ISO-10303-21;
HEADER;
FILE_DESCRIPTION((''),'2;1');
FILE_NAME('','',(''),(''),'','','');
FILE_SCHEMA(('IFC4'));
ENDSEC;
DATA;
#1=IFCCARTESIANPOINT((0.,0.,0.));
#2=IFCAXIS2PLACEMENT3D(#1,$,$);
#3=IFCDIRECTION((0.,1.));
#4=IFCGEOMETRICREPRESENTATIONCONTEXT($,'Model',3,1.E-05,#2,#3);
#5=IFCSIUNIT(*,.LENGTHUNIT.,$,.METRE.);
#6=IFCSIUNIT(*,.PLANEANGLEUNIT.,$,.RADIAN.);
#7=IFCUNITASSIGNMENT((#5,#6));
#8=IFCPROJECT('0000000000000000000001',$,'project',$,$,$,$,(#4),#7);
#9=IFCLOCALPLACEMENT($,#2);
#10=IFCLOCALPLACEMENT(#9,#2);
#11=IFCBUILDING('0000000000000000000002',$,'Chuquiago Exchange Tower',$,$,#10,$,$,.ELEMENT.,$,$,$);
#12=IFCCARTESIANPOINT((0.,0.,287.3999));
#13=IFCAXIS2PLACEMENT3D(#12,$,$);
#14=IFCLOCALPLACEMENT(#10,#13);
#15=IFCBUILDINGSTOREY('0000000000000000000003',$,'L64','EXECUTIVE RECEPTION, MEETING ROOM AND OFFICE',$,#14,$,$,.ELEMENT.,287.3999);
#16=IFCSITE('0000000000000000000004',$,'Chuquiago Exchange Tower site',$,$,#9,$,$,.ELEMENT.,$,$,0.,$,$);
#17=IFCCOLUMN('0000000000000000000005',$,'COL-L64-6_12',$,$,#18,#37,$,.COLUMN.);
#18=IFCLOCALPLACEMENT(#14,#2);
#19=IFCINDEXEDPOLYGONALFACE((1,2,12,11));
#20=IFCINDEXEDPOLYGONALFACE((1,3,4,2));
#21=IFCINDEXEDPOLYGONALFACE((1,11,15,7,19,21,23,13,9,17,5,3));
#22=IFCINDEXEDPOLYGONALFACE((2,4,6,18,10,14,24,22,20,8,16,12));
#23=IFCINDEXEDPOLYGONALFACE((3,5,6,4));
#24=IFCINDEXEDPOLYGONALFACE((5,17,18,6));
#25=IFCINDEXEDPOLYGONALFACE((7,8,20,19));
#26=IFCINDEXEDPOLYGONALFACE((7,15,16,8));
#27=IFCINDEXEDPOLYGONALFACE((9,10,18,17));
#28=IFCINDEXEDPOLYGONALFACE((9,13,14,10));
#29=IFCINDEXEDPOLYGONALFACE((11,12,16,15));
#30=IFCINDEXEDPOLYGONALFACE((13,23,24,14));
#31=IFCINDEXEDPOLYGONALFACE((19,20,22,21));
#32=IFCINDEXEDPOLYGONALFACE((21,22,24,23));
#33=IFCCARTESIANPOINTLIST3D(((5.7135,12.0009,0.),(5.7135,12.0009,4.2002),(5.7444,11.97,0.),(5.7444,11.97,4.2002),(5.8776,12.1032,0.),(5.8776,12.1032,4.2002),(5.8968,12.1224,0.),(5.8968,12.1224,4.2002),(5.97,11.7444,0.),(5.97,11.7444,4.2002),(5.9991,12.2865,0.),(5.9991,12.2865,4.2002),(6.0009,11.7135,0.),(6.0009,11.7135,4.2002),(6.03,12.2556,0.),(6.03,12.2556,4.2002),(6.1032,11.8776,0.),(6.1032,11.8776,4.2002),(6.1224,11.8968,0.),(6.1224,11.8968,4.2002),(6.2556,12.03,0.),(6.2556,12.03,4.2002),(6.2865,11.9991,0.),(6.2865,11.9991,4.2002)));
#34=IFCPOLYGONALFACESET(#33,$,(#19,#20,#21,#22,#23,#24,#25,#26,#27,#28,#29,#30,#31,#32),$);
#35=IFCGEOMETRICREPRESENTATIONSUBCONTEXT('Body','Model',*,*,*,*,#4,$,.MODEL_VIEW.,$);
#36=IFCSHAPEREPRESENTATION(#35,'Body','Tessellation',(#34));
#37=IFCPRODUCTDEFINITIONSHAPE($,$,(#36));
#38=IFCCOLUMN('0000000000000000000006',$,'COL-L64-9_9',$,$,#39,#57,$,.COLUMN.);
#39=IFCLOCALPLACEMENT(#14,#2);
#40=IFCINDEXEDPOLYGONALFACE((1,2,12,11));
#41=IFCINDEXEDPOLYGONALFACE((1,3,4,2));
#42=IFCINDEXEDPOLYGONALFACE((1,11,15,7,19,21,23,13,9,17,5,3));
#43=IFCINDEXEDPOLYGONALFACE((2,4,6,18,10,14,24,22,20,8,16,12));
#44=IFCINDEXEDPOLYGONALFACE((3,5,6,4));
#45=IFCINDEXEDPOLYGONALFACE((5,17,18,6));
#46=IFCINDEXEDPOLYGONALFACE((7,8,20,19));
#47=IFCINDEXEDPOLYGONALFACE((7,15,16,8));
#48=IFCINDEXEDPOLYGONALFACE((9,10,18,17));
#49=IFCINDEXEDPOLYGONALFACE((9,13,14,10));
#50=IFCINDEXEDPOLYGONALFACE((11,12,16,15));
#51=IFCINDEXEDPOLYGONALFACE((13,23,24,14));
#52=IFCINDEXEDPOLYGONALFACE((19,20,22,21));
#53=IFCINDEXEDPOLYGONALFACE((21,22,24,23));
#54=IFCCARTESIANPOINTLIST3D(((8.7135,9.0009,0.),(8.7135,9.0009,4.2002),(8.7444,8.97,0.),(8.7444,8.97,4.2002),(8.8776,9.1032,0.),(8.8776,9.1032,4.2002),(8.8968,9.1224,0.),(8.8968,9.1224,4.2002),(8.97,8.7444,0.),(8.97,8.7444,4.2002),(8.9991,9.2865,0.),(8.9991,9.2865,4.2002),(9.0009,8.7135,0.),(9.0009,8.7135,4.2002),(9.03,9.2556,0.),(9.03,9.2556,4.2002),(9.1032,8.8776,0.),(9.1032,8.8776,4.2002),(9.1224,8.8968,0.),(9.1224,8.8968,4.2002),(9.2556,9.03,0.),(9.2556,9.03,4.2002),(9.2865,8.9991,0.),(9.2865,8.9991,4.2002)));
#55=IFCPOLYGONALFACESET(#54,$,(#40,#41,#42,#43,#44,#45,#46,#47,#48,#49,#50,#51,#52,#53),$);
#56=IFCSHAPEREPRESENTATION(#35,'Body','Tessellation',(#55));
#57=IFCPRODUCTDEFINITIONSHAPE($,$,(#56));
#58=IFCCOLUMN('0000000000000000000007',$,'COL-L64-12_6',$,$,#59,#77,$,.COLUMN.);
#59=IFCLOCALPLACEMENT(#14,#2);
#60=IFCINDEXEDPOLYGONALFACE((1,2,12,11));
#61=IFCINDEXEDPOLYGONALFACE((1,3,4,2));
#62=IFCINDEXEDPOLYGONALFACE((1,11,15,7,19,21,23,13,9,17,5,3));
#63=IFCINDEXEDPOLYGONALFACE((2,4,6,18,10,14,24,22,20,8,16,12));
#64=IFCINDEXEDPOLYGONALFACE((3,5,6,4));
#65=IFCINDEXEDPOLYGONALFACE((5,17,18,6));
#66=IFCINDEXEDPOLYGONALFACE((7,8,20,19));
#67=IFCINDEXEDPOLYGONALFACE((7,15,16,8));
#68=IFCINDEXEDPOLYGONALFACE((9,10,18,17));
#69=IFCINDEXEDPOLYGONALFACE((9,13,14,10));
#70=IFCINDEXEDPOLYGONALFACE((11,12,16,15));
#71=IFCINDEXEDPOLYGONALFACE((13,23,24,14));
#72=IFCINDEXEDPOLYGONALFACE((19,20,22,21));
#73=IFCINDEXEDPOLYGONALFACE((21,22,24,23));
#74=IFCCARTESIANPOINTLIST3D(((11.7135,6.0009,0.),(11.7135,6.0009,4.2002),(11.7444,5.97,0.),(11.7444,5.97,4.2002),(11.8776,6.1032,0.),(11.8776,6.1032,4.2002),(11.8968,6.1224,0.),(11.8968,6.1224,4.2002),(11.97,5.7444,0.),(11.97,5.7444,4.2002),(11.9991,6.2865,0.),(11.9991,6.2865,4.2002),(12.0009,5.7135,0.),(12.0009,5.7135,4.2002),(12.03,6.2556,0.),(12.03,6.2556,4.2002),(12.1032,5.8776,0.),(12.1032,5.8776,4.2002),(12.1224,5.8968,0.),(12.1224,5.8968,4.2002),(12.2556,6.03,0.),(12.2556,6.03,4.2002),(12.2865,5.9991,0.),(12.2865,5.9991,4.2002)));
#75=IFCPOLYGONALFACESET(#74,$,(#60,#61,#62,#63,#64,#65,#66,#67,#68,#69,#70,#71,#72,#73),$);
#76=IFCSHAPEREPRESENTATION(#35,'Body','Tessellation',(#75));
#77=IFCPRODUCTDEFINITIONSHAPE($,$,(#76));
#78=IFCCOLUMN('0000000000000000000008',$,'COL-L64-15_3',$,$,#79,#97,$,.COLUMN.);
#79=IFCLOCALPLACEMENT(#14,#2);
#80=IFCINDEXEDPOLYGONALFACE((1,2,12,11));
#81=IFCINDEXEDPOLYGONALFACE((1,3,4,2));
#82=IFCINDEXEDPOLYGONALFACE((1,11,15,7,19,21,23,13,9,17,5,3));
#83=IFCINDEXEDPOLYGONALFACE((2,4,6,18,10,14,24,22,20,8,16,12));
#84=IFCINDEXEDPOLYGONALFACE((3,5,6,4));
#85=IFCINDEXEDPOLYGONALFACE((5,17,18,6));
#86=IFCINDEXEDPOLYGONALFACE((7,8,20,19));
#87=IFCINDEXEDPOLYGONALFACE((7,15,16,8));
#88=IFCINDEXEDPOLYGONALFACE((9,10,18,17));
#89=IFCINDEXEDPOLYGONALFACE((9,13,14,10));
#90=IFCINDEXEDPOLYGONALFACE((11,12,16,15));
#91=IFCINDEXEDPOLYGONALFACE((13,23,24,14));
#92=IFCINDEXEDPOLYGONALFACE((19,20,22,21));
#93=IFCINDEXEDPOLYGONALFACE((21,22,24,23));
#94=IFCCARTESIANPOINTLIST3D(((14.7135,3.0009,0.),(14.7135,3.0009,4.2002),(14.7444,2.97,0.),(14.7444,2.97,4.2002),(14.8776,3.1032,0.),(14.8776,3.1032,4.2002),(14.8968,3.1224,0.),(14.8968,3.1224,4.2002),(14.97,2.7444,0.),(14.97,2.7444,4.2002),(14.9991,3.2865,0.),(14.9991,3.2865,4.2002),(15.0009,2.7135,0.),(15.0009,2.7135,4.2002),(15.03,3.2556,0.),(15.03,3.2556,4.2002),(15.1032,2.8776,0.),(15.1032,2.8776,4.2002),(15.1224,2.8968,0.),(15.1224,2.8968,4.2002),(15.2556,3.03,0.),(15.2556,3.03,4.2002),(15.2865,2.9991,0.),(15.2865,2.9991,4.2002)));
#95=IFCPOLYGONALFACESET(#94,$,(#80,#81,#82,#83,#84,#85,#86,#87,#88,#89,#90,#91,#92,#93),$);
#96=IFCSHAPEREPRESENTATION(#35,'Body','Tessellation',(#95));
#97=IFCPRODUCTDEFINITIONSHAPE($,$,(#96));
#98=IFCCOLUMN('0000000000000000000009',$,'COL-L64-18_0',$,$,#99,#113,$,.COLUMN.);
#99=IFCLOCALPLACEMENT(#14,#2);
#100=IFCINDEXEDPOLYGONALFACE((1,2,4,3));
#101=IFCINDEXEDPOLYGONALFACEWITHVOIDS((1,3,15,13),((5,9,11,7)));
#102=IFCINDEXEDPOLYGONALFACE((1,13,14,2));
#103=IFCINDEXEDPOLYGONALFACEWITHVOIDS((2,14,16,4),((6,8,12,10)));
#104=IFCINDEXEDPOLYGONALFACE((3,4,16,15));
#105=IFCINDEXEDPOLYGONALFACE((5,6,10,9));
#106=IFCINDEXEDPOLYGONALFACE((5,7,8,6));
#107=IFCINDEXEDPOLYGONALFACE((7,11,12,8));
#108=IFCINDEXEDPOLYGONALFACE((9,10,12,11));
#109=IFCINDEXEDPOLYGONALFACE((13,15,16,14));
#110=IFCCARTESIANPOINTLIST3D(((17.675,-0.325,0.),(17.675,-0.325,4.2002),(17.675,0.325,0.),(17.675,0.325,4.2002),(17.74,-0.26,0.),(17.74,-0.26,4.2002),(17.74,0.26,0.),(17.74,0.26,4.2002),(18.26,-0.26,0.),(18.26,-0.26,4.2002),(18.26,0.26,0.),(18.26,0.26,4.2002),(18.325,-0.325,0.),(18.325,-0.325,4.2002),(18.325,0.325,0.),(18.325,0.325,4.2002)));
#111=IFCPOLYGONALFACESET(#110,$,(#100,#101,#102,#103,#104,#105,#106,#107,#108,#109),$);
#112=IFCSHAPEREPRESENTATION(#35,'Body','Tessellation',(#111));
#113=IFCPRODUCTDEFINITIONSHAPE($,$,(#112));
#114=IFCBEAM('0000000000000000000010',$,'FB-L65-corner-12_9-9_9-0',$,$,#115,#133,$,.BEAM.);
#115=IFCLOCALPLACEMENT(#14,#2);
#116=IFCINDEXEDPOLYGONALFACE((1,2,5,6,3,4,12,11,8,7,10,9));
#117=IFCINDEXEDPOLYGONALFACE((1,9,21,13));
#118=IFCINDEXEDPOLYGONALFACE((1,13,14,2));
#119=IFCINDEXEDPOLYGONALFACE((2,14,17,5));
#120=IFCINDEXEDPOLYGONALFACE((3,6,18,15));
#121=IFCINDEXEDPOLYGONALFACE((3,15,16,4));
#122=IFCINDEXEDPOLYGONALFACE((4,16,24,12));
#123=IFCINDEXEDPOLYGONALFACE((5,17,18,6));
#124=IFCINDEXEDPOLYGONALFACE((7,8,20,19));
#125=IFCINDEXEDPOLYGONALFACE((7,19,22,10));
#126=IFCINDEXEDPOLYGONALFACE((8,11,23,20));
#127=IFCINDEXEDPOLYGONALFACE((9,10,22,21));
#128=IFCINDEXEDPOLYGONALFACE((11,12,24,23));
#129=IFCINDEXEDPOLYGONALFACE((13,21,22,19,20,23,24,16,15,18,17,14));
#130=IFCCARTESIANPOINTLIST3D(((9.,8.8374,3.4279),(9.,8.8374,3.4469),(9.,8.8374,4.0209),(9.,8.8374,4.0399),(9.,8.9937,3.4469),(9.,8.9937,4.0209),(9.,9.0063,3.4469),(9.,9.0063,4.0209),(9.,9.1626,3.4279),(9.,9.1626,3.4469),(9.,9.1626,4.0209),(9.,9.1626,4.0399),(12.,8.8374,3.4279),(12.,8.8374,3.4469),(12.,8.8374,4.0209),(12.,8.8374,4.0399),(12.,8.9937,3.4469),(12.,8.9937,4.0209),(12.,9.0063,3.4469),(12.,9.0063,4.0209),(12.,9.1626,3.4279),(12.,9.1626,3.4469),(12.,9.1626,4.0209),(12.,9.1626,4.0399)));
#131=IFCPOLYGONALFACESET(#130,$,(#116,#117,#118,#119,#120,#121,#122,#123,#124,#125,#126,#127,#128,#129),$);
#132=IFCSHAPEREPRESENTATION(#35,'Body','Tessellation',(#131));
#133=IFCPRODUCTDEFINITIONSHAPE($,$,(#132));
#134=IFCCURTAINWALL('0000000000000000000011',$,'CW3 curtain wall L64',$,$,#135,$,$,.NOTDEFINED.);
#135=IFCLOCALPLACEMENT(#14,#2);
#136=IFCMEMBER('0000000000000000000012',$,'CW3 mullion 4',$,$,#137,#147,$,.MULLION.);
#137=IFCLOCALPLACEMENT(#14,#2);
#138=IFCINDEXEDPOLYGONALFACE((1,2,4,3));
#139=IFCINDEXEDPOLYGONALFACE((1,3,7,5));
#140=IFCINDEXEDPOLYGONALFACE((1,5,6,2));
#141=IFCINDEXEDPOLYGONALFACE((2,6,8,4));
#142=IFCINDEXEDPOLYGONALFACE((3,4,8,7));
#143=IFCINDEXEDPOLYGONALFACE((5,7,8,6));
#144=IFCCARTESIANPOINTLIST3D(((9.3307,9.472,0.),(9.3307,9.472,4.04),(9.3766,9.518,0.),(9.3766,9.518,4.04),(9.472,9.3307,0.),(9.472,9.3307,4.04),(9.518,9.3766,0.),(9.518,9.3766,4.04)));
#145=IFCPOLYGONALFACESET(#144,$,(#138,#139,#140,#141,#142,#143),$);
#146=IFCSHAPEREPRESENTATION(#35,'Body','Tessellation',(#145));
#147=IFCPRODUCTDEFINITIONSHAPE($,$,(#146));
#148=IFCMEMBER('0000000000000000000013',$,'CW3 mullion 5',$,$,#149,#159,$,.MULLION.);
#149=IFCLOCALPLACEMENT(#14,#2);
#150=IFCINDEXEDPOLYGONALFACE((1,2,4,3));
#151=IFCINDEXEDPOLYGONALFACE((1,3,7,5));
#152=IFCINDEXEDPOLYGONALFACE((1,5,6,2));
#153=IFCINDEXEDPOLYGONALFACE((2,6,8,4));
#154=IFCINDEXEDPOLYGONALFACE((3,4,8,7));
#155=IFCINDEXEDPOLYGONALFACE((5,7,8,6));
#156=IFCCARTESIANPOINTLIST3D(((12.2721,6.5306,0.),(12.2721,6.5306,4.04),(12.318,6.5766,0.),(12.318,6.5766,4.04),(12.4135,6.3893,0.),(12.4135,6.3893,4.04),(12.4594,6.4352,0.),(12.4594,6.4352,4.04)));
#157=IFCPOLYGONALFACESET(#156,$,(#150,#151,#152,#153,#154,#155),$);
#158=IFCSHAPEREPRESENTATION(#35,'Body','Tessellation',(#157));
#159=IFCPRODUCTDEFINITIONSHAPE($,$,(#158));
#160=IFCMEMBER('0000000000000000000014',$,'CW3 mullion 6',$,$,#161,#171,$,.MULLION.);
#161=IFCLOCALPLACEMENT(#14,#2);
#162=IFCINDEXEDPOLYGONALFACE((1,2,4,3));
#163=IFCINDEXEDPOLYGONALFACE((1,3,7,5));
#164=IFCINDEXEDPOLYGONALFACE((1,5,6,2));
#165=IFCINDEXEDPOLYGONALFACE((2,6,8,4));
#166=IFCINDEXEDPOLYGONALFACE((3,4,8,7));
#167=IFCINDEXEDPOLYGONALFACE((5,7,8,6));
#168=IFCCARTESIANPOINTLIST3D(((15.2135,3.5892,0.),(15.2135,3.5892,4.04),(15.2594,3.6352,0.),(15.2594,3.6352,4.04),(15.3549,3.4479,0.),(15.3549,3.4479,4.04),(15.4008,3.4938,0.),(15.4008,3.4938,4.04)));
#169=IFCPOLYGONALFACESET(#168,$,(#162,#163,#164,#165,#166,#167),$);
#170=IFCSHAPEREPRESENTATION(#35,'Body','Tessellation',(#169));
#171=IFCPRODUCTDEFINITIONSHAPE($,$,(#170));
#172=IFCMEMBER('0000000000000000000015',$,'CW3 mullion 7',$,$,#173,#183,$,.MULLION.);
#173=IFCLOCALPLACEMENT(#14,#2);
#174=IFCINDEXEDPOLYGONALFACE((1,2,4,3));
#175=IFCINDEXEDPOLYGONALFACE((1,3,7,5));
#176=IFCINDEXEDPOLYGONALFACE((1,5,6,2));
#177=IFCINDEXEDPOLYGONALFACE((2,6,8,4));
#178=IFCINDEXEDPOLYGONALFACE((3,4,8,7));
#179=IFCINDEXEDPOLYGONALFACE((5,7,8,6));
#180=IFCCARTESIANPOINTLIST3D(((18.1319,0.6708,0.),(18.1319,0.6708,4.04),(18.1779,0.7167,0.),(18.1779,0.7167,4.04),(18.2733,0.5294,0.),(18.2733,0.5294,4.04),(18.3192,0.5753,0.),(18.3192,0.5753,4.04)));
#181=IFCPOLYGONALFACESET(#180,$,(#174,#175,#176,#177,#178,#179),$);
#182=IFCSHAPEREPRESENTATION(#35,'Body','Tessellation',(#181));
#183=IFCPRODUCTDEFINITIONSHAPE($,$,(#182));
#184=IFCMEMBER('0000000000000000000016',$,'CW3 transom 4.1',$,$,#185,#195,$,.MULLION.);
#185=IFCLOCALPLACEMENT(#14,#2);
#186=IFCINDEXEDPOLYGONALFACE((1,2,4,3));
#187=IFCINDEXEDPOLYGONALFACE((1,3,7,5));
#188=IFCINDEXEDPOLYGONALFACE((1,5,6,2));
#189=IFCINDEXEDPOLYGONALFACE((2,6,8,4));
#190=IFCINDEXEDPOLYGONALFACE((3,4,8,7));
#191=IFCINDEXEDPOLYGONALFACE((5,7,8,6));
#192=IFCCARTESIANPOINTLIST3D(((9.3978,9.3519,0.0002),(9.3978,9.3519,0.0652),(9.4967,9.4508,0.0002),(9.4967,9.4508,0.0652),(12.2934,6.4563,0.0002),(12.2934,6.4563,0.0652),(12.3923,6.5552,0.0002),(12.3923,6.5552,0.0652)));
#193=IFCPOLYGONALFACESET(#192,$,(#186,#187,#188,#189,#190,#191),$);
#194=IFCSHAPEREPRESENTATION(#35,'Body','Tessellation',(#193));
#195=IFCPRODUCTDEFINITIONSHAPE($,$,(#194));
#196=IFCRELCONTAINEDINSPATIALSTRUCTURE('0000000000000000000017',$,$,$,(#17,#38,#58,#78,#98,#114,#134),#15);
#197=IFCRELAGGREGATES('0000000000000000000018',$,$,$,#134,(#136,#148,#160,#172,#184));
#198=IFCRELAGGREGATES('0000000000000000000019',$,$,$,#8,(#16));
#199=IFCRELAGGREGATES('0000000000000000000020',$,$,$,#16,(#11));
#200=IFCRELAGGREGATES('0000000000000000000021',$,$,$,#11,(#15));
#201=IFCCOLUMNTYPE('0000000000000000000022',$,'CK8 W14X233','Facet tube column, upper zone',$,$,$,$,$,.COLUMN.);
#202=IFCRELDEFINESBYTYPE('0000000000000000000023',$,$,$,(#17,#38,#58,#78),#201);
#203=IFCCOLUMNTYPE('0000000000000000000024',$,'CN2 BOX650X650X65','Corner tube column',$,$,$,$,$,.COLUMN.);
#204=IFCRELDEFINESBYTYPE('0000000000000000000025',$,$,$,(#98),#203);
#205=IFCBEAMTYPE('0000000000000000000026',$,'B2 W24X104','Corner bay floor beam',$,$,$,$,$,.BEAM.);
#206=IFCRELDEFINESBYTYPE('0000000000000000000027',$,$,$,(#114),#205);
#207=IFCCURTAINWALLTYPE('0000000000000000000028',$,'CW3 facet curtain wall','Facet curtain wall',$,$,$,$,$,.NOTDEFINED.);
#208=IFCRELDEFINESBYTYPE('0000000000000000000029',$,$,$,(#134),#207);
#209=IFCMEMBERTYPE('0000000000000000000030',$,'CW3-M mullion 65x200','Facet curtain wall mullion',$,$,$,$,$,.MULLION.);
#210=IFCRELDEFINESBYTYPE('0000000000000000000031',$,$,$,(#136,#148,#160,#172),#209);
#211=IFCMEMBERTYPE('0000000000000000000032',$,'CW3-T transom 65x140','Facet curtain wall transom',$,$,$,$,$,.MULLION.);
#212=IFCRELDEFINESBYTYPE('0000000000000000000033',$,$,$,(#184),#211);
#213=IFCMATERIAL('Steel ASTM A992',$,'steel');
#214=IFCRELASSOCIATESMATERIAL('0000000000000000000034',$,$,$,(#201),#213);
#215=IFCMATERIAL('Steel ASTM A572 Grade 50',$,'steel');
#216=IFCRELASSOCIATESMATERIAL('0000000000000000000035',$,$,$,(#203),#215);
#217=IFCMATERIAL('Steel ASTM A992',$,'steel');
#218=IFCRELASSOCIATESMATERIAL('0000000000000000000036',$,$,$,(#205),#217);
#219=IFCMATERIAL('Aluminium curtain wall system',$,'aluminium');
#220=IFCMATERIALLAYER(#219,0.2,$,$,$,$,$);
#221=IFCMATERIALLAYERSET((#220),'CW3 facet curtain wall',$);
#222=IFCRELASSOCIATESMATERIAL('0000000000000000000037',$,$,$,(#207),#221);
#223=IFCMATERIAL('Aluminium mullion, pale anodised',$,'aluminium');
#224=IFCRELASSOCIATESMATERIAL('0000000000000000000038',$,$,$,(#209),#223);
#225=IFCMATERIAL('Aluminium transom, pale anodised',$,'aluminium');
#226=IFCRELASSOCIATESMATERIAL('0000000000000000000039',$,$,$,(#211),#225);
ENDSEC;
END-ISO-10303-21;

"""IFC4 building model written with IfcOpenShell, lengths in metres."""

from ifc_helpers import new_model, si_unit, direction, frame, origin, origin_2d, place, context, subcontext, project, spatial, rectangle, hollow_rectangle, i_section, extrude, material, layer, layer_set, material_profile, profile_set, type_object, element, aggregate, save


model = new_model("IFC4")

# Units and contexts
model_context = context("Model", 3, precision=1e-05, world=origin(), true_north=direction((0.0, 1.0)))
body_context = subcontext(model_context, "Body", "Model", "MODEL_VIEW")
ifc_project = project(units=[si_unit("LENGTHUNIT", "METRE"), si_unit("PLANEANGLEUNIT", "RADIAN")], contexts=[model_context])

# Site, building, storey
site_placement = place(None, origin())
site = spatial("IfcSite", under=ifc_project, at=site_placement, Name="Chuquiago Exchange Tower site", CompositionType="ELEMENT", RefElevation=0.0)
building_placement = place(site_placement, origin())
building = spatial("IfcBuilding", under=site, at=building_placement, Name="Chuquiago Exchange Tower", CompositionType="ELEMENT")
storey_placement = place(building_placement, frame((0.0, 0.0, 287.3999)))
storey = spatial("IfcBuildingStorey", under=building, at=storey_placement, Name="L64", Description="EXECUTIVE RECEPTION, MEETING ROOM AND OFFICE", CompositionType="ELEMENT", Elevation=287.3999)

# Columns
ifc_material_1 = material(Name="Steel ASTM A992", Category="steel")
ifc_material_profile_1 = material_profile(ifc_material_1, i_section(OverallWidth=0.4038, OverallDepth=0.4065, WebThickness=0.0271, FlangeThickness=0.0437, at=origin_2d()), Name="W14X233")
ifc_profile_set_1 = profile_set([ifc_material_profile_1], Name="Steel ASTM A992")
column_type_1 = type_object("IfcColumnType", Name="CK8 W14X233", Description="Facet tube column, upper zone", PredefinedType="COLUMN", material=ifc_profile_set_1)
for number, where, z_axis, x_axis, name in (
    (1, (6.0, 12.0, 0.0), (0.0, 0.0, 1.0), (-0.707107, -0.707107, 0.0), "COL-L64-6_12"),
    (2, (9.0, 9.0, 0.0), (0.0, 0.0, 1.0), (-0.707107, -0.707107, 0.0), "COL-L64-9_9"),
    (3, (12.0, 6.0, 0.0), (0.0, 0.0, 1.0), (-0.707107, -0.707107, 0.0), "COL-L64-12_6"),
    (4, (15.0, 3.0, 0.0), (0.0, 0.0, 1.0), (-0.707107, -0.707107, 0.0), "COL-L64-15_3"),
):
    element("IfcColumn", number, at=place(storey_placement, frame(where, z_axis=z_axis, x_axis=x_axis)), inside=storey, type_object=column_type_1, Name=name, PredefinedType="COLUMN", context=body_context, shape_type="SweptSolid", body=[
        extrude(i_section(OverallWidth=0.4038, OverallDepth=0.4065, WebThickness=0.0271, FlangeThickness=0.0437, at=origin_2d()), origin(), (0.0, 0.0, 1.0), 4.2002),
    ])
ifc_material_2 = material(Name="Steel ASTM A572 Grade 50", Category="steel")
ifc_material_profile_2 = material_profile(ifc_material_2, hollow_rectangle(XDim=0.6499, YDim=0.6499, WallThickness=0.0649, at=origin_2d()), Name="BOX650X650X65")
ifc_profile_set_2 = profile_set([ifc_material_profile_2], Name="Steel ASTM A572 Grade 50")
column_type_2 = type_object("IfcColumnType", Name="CN2 BOX650X650X65", Description="Corner tube column", PredefinedType="COLUMN", material=ifc_profile_set_2)
column_placement = place(storey_placement, frame((18.0, 0.0, 0.0), z_axis=(0.0, 0.0, 1.0), x_axis=(0.0, -1.0, 0.0)))
element("IfcColumn", 5, at=column_placement, inside=storey, type_object=column_type_2, Name="COL-L64-18_0", PredefinedType="COLUMN", context=body_context, shape_type="SweptSolid", body=[
    extrude(hollow_rectangle(XDim=0.6499, YDim=0.6499, WallThickness=0.0649, at=origin_2d()), origin(), (0.0, 0.0, 1.0), 4.2002),
])

# Beam
ifc_material_3 = material(Name="Steel ASTM A992", Category="steel")
ifc_material_profile_3 = material_profile(ifc_material_3, i_section(OverallWidth=0.3252, OverallDepth=0.6121, WebThickness=0.0127, FlangeThickness=0.019, at=origin_2d()), Name="W24X104")
ifc_profile_set_3 = profile_set([ifc_material_profile_3], Name="Steel ASTM A992")
beam_type_1 = type_object("IfcBeamType", Name="B2 W24X104", Description="Corner bay floor beam", PredefinedType="BEAM", material=ifc_profile_set_3)
beam_1_placement = place(storey_placement, frame((12.0, 9.0, 3.7339), z_axis=(-1.0, 0.0, 0.0), x_axis=(0.0, -1.0, 0.0)))
element("IfcBeam", 6, at=beam_1_placement, inside=storey, type_object=beam_type_1, Name="FB-L65-corner-12_9-9_9-0", PredefinedType="BEAM", context=body_context, shape_type="SweptSolid", body=[
    extrude(i_section(OverallWidth=0.3252, OverallDepth=0.6121, WebThickness=0.0127, FlangeThickness=0.019, at=origin_2d()), origin(), (0.0, 0.0, 1.0), 3.0),
])

# Curtain wall, members
ifc_material_4 = material(Name="Aluminium curtain wall system", Category="aluminium")
ifc_layer_1 = layer(ifc_material_4, 0.2)
ifc_layer_set_1 = layer_set([ifc_layer_1], Name="CW3 facet curtain wall")
curtain_wall_type = type_object("IfcCurtainWallType", Name="CW3 facet curtain wall", Description="Facet curtain wall", PredefinedType="NOTDEFINED", material=ifc_layer_set_1)
curtain_wall_placement = place(storey_placement, origin())
curtain_wall = element("IfcCurtainWall", 7, at=curtain_wall_placement, inside=storey, type_object=curtain_wall_type, Name="CW3 curtain wall L64", PredefinedType="NOTDEFINED")
ifc_material_5 = material(Name="Aluminium mullion, pale anodised", Category="aluminium")
ifc_material_profile_4 = material_profile(ifc_material_5, rectangle(XDim=0.0649, YDim=0.2, at=origin_2d()), Name="AL 65x200")
ifc_profile_set_4 = profile_set([ifc_material_profile_4], Name="Aluminium mullion, pale anodised")
member_type_1 = type_object("IfcMemberType", Name="CW3-M mullion 65x200", Description="Facet curtain wall mullion", PredefinedType="MULLION", material=ifc_profile_set_4)
member_1_placement = place(storey_placement, frame((9.4243, 9.4243, 0.0), z_axis=(0.0, 0.0, 1.0), x_axis=(0.707107, 0.707107, 0.0)))
member_1 = element("IfcMember", 8, at=member_1_placement, type_object=member_type_1, Name="CW3 mullion 4", PredefinedType="MULLION", context=body_context, shape_type="SweptSolid", body=[
    extrude(rectangle(XDim=0.0649, YDim=0.2, at=origin_2d()), origin(), (0.0, 0.0, 1.0), 4.04),
])
member_2_placement = place(storey_placement, frame((12.3657, 6.4829, 0.0), z_axis=(0.0, 0.0, 1.0), x_axis=(0.707107, 0.707107, 0.0)))
member_2 = element("IfcMember", 9, at=member_2_placement, type_object=member_type_1, Name="CW3 mullion 5", PredefinedType="MULLION", context=body_context, shape_type="SweptSolid", body=[
    extrude(rectangle(XDim=0.0649, YDim=0.2, at=origin_2d()), origin(), (0.0, 0.0, 1.0), 4.04),
])
member_3_placement = place(storey_placement, frame((15.3071, 3.5415, 0.0), z_axis=(0.0, 0.0, 1.0), x_axis=(0.707107, 0.707107, 0.0)))
member_3 = element("IfcMember", 10, at=member_3_placement, type_object=member_type_1, Name="CW3 mullion 6", PredefinedType="MULLION", context=body_context, shape_type="SweptSolid", body=[
    extrude(rectangle(XDim=0.0649, YDim=0.2, at=origin_2d()), origin(), (0.0, 0.0, 1.0), 4.04),
])
member_4_placement = place(storey_placement, frame((18.2256, 0.623, 0.0), z_axis=(0.0, 0.0, 1.0), x_axis=(0.707107, 0.707107, 0.0)))
member_4 = element("IfcMember", 11, at=member_4_placement, type_object=member_type_1, Name="CW3 mullion 7", PredefinedType="MULLION", context=body_context, shape_type="SweptSolid", body=[
    extrude(rectangle(XDim=0.0649, YDim=0.2, at=origin_2d()), origin(), (0.0, 0.0, 1.0), 4.04),
])
ifc_material_6 = material(Name="Aluminium transom, pale anodised", Category="aluminium")
ifc_material_profile_5 = material_profile(ifc_material_6, rectangle(XDim=0.1399, YDim=0.0649, at=origin_2d()), Name="AL 140x65")
ifc_profile_set_5 = profile_set([ifc_material_profile_5], Name="Aluminium transom, pale anodised")
member_type_2 = type_object("IfcMemberType", Name="CW3-T transom 65x140", Description="Facet curtain wall transom", PredefinedType="MULLION", material=ifc_profile_set_5)
member_5_placement = place(storey_placement, frame((9.4473, 9.4014, 0.0327), z_axis=(0.707107, -0.707107, 0.0), x_axis=(0.707107, 0.707107, 0.0)))
member_5 = element("IfcMember", 12, at=member_5_placement, type_object=member_type_2, Name="CW3 transom 4.1", PredefinedType="MULLION", context=body_context, shape_type="SweptSolid", body=[
    extrude(rectangle(XDim=0.1399, YDim=0.0649, at=origin_2d()), origin(), (0.0, 0.0, 1.0), 4.095),
])

aggregate(curtain_wall, [member_1, member_2, member_3, member_4, member_5])

save(model, "model.ifc")
